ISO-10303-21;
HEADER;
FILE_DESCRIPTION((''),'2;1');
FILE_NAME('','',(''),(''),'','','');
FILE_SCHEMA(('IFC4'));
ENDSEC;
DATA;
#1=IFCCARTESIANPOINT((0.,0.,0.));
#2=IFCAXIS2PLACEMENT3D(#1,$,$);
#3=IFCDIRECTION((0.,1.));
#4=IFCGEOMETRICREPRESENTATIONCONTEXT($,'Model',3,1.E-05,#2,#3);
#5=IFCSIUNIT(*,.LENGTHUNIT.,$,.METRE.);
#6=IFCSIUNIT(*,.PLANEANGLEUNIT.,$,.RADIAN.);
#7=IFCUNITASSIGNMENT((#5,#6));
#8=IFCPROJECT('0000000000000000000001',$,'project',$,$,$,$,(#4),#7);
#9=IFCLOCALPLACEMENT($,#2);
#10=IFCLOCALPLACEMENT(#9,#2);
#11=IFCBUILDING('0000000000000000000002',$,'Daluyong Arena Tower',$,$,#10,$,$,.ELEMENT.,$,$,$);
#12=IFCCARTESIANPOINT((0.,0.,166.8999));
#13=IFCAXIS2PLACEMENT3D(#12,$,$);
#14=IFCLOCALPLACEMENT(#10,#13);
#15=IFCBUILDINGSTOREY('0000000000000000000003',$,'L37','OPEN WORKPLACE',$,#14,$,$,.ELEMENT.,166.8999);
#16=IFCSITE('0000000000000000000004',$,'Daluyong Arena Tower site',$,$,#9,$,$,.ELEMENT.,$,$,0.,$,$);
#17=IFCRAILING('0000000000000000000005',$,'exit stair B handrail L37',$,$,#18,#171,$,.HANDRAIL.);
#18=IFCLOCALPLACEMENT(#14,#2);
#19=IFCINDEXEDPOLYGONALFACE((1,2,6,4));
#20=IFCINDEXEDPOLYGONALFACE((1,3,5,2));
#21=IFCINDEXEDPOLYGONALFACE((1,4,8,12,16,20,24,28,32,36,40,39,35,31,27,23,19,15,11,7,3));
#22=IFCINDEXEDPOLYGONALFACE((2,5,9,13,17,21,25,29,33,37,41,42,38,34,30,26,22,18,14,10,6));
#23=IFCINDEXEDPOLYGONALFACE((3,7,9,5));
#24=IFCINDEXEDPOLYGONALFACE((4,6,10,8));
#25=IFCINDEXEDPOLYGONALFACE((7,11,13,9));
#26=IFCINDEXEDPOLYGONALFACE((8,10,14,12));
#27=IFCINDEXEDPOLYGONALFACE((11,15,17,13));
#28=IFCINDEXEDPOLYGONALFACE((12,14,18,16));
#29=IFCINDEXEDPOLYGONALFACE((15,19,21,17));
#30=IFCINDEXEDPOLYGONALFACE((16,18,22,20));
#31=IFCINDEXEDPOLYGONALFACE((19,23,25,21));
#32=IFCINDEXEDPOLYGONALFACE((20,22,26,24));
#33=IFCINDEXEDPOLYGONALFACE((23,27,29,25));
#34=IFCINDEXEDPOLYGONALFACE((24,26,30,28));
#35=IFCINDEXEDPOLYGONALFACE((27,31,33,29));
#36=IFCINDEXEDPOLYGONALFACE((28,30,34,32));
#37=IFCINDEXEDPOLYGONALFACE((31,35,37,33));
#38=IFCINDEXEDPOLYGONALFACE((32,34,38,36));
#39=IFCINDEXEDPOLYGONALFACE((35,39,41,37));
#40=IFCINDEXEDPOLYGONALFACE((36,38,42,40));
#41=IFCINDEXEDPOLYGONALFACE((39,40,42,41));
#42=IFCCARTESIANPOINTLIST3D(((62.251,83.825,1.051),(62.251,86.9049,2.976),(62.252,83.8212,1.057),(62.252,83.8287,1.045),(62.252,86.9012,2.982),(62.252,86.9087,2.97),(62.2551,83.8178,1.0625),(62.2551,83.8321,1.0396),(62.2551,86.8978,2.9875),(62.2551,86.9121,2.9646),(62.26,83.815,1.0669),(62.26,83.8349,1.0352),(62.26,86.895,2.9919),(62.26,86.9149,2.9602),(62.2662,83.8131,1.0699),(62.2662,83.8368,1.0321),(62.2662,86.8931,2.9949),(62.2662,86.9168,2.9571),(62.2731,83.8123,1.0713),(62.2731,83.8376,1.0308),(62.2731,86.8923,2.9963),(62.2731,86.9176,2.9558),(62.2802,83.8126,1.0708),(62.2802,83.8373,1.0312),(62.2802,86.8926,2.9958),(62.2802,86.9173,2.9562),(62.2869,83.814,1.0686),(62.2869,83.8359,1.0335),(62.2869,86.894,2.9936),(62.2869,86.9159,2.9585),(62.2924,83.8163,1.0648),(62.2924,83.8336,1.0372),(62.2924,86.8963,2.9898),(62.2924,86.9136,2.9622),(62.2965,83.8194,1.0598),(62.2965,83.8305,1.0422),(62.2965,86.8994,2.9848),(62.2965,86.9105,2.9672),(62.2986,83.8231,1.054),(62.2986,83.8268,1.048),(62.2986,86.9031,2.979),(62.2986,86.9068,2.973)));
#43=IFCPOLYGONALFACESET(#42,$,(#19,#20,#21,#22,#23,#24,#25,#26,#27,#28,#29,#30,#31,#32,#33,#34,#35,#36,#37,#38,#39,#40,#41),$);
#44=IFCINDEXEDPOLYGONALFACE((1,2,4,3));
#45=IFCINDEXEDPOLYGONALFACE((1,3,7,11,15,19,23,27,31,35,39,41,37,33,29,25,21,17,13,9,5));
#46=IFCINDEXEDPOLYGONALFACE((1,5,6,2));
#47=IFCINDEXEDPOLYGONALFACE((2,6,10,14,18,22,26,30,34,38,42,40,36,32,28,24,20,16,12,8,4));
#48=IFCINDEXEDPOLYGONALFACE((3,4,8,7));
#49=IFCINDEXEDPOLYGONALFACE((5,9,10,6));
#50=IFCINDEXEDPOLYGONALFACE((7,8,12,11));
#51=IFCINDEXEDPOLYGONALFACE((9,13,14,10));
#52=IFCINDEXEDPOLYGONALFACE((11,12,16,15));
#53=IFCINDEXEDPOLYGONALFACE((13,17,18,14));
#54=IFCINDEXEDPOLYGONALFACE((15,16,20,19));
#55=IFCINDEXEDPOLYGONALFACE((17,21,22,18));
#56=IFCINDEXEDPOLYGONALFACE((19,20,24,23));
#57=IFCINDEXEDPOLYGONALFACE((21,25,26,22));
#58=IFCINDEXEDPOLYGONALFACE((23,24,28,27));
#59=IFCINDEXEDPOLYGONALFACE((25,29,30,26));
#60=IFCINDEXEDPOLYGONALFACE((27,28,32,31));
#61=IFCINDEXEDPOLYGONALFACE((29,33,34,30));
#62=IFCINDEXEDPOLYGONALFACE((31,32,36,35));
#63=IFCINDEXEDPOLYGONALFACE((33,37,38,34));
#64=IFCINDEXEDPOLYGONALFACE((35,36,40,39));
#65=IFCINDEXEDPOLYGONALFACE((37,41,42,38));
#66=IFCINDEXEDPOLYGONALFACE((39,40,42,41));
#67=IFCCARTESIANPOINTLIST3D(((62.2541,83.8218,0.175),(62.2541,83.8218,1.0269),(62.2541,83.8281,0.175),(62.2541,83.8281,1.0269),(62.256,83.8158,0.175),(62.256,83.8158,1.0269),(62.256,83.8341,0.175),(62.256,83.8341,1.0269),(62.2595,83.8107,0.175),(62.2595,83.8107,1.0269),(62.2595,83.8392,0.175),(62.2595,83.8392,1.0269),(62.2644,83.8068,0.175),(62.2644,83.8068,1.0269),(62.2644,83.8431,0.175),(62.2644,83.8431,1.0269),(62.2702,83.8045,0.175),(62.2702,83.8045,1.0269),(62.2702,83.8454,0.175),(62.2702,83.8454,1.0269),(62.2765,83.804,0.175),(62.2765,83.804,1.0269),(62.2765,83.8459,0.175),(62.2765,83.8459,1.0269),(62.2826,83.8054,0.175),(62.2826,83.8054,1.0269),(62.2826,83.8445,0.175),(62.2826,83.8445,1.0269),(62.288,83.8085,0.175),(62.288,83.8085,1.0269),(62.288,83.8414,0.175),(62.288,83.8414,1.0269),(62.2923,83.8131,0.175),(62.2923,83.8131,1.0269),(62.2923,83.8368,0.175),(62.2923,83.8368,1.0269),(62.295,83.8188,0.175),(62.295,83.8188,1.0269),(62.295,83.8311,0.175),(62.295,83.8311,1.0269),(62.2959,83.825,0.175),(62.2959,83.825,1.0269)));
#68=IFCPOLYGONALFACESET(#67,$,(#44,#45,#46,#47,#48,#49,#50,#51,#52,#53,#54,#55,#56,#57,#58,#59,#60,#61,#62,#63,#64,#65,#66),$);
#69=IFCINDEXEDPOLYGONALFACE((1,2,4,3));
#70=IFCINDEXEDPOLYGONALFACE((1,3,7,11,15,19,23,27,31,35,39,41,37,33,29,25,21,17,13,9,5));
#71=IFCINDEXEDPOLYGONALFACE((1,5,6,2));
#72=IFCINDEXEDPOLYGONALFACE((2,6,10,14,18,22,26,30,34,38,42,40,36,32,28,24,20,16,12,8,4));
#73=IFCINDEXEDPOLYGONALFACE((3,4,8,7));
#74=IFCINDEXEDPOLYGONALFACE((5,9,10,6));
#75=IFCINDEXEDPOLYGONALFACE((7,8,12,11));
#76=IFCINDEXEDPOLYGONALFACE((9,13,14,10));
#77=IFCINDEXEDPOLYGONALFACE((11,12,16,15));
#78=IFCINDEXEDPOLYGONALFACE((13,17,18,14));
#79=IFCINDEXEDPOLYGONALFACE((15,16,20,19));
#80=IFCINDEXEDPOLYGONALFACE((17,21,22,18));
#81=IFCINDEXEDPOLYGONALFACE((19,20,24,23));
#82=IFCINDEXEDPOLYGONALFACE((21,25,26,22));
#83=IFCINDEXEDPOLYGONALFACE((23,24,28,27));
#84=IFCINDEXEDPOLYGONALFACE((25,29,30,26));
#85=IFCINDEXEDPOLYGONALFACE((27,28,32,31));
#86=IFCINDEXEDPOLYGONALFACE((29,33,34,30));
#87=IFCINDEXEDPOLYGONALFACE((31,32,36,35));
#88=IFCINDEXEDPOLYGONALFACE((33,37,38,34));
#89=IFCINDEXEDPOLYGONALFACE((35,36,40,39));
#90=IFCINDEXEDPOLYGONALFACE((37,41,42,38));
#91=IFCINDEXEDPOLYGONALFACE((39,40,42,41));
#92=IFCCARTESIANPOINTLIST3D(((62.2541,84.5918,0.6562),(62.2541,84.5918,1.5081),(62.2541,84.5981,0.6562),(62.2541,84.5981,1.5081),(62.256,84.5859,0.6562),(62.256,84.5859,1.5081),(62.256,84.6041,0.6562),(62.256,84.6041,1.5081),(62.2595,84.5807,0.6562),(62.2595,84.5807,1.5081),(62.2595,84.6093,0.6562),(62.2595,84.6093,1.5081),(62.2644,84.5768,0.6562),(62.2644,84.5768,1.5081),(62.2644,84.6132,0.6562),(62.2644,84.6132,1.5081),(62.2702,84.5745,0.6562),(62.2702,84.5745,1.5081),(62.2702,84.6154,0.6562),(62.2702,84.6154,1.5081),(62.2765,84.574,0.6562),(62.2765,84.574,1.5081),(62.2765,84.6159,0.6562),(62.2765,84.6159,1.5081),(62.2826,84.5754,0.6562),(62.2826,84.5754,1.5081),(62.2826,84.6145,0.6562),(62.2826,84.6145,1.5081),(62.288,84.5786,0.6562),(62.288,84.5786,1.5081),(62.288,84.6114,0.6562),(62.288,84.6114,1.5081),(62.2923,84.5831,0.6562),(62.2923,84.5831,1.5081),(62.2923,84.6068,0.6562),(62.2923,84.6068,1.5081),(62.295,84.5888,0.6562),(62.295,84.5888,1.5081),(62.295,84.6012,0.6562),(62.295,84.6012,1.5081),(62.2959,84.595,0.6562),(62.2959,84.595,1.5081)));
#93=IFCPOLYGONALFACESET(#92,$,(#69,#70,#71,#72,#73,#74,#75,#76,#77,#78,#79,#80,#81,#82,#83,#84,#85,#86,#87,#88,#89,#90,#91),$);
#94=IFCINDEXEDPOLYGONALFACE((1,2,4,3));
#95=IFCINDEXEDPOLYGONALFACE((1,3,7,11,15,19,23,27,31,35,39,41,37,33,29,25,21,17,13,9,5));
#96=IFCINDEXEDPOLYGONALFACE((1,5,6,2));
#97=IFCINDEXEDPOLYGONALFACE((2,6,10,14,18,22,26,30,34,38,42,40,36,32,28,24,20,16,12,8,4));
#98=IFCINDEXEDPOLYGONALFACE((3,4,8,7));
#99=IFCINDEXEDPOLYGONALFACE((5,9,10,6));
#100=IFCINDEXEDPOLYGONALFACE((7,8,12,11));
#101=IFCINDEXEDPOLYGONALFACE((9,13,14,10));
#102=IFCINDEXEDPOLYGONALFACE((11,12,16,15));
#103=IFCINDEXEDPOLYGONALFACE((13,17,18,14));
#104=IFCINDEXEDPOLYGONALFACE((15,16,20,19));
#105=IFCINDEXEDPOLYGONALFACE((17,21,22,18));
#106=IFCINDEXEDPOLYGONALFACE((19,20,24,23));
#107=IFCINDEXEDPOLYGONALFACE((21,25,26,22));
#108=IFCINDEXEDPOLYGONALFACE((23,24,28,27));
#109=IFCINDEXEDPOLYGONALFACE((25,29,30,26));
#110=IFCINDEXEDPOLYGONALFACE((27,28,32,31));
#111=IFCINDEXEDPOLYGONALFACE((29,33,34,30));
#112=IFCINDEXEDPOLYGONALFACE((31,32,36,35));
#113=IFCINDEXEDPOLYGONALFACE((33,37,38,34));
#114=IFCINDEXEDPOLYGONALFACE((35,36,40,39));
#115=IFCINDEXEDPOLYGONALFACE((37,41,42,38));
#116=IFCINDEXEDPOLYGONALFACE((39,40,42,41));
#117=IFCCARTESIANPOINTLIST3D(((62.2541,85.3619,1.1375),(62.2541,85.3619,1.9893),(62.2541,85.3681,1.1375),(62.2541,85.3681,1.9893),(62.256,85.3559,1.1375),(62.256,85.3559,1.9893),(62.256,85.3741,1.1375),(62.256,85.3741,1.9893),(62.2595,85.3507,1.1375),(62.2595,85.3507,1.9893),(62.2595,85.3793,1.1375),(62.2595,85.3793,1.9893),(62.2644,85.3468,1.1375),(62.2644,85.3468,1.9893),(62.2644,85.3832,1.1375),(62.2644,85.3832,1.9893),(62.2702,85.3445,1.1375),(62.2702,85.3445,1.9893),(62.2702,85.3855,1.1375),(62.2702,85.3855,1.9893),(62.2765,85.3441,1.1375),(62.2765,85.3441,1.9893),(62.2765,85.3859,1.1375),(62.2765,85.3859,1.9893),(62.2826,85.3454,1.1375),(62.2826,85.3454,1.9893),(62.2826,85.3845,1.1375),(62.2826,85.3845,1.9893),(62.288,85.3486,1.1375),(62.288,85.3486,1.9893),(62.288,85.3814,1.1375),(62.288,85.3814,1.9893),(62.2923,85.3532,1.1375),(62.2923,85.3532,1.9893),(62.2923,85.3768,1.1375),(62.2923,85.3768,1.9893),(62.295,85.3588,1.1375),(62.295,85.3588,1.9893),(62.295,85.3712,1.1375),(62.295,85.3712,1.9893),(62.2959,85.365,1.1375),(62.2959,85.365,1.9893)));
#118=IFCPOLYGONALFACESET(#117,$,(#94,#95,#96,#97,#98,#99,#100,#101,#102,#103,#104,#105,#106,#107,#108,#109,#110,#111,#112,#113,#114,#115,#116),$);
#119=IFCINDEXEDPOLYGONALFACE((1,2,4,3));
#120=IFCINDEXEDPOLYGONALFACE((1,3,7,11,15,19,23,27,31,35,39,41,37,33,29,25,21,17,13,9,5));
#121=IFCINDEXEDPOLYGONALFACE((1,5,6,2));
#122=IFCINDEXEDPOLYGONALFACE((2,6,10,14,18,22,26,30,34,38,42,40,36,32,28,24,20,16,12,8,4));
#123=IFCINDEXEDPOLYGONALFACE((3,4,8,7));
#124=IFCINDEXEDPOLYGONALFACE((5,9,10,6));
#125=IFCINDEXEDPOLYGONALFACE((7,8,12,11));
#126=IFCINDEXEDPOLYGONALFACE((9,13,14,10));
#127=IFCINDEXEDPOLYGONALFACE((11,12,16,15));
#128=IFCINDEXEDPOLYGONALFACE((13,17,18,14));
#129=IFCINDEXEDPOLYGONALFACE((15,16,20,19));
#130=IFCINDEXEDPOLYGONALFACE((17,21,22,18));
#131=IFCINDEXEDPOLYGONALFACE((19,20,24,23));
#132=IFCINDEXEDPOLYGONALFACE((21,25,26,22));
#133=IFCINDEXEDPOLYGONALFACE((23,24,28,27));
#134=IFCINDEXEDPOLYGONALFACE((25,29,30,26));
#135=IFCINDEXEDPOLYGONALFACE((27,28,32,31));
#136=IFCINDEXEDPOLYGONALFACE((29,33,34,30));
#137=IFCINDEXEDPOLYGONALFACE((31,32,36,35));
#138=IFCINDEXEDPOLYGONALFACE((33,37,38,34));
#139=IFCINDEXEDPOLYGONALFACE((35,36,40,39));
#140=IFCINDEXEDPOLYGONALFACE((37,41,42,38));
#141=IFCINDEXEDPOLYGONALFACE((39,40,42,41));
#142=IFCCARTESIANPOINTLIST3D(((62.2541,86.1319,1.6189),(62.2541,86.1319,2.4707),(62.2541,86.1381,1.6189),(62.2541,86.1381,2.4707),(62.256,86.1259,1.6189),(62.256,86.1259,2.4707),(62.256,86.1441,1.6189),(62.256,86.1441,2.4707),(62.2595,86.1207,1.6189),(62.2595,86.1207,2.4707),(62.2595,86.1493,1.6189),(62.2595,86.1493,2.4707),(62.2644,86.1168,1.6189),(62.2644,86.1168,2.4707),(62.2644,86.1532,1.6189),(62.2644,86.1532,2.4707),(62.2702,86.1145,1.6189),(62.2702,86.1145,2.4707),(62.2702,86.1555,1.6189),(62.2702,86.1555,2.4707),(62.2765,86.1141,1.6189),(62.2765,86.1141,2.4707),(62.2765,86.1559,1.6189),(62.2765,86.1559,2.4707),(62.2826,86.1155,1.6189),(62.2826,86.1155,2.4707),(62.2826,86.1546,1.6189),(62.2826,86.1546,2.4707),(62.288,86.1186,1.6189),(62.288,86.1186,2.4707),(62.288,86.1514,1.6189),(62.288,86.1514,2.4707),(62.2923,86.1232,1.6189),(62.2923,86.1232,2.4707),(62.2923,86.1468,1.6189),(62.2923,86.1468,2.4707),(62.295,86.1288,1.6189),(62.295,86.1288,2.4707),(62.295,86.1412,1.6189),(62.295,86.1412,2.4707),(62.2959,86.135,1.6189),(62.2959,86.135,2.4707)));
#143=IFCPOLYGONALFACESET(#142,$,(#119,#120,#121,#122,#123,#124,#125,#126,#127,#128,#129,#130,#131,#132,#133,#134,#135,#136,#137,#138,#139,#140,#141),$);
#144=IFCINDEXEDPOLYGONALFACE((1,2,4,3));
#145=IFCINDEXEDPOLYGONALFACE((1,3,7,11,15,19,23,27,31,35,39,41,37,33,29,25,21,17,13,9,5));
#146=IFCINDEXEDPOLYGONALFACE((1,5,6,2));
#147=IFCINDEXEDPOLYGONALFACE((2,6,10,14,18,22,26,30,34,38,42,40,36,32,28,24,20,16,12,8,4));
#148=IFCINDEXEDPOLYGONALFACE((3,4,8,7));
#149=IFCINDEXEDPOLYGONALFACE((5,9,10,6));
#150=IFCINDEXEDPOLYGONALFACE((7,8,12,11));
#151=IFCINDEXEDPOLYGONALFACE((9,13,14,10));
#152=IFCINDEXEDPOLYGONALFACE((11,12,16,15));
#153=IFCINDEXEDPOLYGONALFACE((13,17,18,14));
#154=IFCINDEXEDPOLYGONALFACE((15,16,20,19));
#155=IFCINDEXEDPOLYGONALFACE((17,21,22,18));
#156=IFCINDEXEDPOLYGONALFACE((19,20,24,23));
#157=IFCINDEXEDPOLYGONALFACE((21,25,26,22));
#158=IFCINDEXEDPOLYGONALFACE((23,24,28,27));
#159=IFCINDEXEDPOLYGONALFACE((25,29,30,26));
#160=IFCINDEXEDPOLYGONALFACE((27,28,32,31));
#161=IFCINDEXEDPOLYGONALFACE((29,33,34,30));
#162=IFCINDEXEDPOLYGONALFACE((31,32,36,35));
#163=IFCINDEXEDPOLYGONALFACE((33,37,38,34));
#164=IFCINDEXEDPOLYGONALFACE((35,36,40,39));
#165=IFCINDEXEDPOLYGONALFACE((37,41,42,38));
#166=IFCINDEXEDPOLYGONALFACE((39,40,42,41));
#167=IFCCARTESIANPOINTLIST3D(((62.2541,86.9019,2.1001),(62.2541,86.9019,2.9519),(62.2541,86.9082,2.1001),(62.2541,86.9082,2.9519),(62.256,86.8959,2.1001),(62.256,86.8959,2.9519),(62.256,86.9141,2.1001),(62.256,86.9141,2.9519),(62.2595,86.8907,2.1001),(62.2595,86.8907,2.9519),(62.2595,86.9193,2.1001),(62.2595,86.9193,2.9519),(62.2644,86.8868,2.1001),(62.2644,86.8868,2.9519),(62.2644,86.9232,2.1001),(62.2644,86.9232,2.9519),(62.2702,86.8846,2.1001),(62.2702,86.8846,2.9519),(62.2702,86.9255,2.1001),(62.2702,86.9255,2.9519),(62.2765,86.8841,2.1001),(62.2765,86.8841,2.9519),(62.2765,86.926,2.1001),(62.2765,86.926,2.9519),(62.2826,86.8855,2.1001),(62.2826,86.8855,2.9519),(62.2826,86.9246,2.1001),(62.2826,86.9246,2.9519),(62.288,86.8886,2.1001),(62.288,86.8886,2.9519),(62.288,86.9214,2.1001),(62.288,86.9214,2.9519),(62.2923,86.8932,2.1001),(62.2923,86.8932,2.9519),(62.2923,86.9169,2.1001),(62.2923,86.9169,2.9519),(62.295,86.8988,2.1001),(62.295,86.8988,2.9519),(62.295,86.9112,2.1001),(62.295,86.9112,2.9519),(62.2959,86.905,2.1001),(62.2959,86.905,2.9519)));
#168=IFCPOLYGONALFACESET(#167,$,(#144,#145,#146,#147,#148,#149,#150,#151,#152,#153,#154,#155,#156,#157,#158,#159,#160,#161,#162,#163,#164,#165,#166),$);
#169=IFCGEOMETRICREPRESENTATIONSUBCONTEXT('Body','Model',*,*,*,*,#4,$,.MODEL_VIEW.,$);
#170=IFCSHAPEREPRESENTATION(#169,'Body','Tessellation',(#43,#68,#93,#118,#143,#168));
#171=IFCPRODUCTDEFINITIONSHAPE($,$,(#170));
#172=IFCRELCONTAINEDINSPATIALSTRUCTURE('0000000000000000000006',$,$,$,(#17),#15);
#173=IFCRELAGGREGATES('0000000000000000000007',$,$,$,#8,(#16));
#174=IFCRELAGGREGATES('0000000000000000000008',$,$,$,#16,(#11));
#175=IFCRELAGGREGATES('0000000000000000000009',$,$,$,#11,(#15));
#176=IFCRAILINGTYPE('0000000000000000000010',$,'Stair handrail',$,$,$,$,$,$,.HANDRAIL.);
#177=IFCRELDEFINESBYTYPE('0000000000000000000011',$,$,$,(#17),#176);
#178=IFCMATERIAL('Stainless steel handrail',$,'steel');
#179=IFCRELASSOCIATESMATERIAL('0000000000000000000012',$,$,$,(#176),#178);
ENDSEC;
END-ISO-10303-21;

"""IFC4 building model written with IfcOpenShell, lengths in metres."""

from ifc_helpers import new_model, si_unit, direction, frame, origin, origin_2d, place, context, subcontext, project, spatial, circle, extrude, material, type_object, element, save


model = new_model("IFC4")

# Units and contexts
model_context = context("Model", 3, precision=1e-05, world=origin(), true_north=direction((0.0, 1.0)))
body_context = subcontext(model_context, "Body", "Model", "MODEL_VIEW")
ifc_project = project(units=[si_unit("LENGTHUNIT", "METRE"), si_unit("PLANEANGLEUNIT", "RADIAN")], contexts=[model_context])

# Site, building, storey
site_placement = place(None, origin())
site = spatial("IfcSite", under=ifc_project, at=site_placement, Name="Daluyong Arena Tower site", CompositionType="ELEMENT", RefElevation=0.0)
building_placement = place(site_placement, origin())
building = spatial("IfcBuilding", under=site, at=building_placement, Name="Daluyong Arena Tower", CompositionType="ELEMENT")
storey_placement = place(building_placement, frame((0.0, 0.0, 166.8999)))
storey = spatial("IfcBuildingStorey", under=building, at=storey_placement, Name="L37", Description="OPEN WORKPLACE", CompositionType="ELEMENT", Elevation=166.8999)

# Railing
ifc_material_1 = material(Name="Stainless steel handrail", Category="steel")
railing_type_1 = type_object("IfcRailingType", Name="Stair handrail", PredefinedType="HANDRAIL", material=ifc_material_1)
railing_1_placement = place(storey_placement, frame((62.2749, 83.825, 0.175)))
element("IfcRailing", 1, at=railing_1_placement, inside=storey, type_object=railing_type_1, Name="exit stair B handrail L37", PredefinedType="HANDRAIL", context=body_context, shape_type="SweptSolid", body=[
    extrude(circle(Radius=0.0239, at=origin_2d()), frame((0.0, 0.0, 0.876), z_axis=(0.0, 0.847998, 0.529999), x_axis=(-1.0, 0.0, 0.0)), (0.0, 0.0, 1.0), 3.6321),
    extrude(circle(Radius=0.021, at=origin_2d()), origin(), (0.0, 0.0, 1.0), 0.8518),
    extrude(circle(Radius=0.021, at=origin_2d()), frame((0.0, 0.77, 0.4812)), (0.0, 0.0, 1.0), 0.8518),
    extrude(circle(Radius=0.021, at=origin_2d()), frame((0.0, 1.54, 0.9624)), (0.0, 0.0, 1.0), 0.8518),
    extrude(circle(Radius=0.021, at=origin_2d()), frame((0.0, 2.3101, 1.4438)), (0.0, 0.0, 1.0), 0.8518),
    extrude(circle(Radius=0.021, at=origin_2d()), frame((0.0, 3.0801, 1.925)), (0.0, 0.0, 1.0), 0.8518),
])

save(model, "model.ifc")
